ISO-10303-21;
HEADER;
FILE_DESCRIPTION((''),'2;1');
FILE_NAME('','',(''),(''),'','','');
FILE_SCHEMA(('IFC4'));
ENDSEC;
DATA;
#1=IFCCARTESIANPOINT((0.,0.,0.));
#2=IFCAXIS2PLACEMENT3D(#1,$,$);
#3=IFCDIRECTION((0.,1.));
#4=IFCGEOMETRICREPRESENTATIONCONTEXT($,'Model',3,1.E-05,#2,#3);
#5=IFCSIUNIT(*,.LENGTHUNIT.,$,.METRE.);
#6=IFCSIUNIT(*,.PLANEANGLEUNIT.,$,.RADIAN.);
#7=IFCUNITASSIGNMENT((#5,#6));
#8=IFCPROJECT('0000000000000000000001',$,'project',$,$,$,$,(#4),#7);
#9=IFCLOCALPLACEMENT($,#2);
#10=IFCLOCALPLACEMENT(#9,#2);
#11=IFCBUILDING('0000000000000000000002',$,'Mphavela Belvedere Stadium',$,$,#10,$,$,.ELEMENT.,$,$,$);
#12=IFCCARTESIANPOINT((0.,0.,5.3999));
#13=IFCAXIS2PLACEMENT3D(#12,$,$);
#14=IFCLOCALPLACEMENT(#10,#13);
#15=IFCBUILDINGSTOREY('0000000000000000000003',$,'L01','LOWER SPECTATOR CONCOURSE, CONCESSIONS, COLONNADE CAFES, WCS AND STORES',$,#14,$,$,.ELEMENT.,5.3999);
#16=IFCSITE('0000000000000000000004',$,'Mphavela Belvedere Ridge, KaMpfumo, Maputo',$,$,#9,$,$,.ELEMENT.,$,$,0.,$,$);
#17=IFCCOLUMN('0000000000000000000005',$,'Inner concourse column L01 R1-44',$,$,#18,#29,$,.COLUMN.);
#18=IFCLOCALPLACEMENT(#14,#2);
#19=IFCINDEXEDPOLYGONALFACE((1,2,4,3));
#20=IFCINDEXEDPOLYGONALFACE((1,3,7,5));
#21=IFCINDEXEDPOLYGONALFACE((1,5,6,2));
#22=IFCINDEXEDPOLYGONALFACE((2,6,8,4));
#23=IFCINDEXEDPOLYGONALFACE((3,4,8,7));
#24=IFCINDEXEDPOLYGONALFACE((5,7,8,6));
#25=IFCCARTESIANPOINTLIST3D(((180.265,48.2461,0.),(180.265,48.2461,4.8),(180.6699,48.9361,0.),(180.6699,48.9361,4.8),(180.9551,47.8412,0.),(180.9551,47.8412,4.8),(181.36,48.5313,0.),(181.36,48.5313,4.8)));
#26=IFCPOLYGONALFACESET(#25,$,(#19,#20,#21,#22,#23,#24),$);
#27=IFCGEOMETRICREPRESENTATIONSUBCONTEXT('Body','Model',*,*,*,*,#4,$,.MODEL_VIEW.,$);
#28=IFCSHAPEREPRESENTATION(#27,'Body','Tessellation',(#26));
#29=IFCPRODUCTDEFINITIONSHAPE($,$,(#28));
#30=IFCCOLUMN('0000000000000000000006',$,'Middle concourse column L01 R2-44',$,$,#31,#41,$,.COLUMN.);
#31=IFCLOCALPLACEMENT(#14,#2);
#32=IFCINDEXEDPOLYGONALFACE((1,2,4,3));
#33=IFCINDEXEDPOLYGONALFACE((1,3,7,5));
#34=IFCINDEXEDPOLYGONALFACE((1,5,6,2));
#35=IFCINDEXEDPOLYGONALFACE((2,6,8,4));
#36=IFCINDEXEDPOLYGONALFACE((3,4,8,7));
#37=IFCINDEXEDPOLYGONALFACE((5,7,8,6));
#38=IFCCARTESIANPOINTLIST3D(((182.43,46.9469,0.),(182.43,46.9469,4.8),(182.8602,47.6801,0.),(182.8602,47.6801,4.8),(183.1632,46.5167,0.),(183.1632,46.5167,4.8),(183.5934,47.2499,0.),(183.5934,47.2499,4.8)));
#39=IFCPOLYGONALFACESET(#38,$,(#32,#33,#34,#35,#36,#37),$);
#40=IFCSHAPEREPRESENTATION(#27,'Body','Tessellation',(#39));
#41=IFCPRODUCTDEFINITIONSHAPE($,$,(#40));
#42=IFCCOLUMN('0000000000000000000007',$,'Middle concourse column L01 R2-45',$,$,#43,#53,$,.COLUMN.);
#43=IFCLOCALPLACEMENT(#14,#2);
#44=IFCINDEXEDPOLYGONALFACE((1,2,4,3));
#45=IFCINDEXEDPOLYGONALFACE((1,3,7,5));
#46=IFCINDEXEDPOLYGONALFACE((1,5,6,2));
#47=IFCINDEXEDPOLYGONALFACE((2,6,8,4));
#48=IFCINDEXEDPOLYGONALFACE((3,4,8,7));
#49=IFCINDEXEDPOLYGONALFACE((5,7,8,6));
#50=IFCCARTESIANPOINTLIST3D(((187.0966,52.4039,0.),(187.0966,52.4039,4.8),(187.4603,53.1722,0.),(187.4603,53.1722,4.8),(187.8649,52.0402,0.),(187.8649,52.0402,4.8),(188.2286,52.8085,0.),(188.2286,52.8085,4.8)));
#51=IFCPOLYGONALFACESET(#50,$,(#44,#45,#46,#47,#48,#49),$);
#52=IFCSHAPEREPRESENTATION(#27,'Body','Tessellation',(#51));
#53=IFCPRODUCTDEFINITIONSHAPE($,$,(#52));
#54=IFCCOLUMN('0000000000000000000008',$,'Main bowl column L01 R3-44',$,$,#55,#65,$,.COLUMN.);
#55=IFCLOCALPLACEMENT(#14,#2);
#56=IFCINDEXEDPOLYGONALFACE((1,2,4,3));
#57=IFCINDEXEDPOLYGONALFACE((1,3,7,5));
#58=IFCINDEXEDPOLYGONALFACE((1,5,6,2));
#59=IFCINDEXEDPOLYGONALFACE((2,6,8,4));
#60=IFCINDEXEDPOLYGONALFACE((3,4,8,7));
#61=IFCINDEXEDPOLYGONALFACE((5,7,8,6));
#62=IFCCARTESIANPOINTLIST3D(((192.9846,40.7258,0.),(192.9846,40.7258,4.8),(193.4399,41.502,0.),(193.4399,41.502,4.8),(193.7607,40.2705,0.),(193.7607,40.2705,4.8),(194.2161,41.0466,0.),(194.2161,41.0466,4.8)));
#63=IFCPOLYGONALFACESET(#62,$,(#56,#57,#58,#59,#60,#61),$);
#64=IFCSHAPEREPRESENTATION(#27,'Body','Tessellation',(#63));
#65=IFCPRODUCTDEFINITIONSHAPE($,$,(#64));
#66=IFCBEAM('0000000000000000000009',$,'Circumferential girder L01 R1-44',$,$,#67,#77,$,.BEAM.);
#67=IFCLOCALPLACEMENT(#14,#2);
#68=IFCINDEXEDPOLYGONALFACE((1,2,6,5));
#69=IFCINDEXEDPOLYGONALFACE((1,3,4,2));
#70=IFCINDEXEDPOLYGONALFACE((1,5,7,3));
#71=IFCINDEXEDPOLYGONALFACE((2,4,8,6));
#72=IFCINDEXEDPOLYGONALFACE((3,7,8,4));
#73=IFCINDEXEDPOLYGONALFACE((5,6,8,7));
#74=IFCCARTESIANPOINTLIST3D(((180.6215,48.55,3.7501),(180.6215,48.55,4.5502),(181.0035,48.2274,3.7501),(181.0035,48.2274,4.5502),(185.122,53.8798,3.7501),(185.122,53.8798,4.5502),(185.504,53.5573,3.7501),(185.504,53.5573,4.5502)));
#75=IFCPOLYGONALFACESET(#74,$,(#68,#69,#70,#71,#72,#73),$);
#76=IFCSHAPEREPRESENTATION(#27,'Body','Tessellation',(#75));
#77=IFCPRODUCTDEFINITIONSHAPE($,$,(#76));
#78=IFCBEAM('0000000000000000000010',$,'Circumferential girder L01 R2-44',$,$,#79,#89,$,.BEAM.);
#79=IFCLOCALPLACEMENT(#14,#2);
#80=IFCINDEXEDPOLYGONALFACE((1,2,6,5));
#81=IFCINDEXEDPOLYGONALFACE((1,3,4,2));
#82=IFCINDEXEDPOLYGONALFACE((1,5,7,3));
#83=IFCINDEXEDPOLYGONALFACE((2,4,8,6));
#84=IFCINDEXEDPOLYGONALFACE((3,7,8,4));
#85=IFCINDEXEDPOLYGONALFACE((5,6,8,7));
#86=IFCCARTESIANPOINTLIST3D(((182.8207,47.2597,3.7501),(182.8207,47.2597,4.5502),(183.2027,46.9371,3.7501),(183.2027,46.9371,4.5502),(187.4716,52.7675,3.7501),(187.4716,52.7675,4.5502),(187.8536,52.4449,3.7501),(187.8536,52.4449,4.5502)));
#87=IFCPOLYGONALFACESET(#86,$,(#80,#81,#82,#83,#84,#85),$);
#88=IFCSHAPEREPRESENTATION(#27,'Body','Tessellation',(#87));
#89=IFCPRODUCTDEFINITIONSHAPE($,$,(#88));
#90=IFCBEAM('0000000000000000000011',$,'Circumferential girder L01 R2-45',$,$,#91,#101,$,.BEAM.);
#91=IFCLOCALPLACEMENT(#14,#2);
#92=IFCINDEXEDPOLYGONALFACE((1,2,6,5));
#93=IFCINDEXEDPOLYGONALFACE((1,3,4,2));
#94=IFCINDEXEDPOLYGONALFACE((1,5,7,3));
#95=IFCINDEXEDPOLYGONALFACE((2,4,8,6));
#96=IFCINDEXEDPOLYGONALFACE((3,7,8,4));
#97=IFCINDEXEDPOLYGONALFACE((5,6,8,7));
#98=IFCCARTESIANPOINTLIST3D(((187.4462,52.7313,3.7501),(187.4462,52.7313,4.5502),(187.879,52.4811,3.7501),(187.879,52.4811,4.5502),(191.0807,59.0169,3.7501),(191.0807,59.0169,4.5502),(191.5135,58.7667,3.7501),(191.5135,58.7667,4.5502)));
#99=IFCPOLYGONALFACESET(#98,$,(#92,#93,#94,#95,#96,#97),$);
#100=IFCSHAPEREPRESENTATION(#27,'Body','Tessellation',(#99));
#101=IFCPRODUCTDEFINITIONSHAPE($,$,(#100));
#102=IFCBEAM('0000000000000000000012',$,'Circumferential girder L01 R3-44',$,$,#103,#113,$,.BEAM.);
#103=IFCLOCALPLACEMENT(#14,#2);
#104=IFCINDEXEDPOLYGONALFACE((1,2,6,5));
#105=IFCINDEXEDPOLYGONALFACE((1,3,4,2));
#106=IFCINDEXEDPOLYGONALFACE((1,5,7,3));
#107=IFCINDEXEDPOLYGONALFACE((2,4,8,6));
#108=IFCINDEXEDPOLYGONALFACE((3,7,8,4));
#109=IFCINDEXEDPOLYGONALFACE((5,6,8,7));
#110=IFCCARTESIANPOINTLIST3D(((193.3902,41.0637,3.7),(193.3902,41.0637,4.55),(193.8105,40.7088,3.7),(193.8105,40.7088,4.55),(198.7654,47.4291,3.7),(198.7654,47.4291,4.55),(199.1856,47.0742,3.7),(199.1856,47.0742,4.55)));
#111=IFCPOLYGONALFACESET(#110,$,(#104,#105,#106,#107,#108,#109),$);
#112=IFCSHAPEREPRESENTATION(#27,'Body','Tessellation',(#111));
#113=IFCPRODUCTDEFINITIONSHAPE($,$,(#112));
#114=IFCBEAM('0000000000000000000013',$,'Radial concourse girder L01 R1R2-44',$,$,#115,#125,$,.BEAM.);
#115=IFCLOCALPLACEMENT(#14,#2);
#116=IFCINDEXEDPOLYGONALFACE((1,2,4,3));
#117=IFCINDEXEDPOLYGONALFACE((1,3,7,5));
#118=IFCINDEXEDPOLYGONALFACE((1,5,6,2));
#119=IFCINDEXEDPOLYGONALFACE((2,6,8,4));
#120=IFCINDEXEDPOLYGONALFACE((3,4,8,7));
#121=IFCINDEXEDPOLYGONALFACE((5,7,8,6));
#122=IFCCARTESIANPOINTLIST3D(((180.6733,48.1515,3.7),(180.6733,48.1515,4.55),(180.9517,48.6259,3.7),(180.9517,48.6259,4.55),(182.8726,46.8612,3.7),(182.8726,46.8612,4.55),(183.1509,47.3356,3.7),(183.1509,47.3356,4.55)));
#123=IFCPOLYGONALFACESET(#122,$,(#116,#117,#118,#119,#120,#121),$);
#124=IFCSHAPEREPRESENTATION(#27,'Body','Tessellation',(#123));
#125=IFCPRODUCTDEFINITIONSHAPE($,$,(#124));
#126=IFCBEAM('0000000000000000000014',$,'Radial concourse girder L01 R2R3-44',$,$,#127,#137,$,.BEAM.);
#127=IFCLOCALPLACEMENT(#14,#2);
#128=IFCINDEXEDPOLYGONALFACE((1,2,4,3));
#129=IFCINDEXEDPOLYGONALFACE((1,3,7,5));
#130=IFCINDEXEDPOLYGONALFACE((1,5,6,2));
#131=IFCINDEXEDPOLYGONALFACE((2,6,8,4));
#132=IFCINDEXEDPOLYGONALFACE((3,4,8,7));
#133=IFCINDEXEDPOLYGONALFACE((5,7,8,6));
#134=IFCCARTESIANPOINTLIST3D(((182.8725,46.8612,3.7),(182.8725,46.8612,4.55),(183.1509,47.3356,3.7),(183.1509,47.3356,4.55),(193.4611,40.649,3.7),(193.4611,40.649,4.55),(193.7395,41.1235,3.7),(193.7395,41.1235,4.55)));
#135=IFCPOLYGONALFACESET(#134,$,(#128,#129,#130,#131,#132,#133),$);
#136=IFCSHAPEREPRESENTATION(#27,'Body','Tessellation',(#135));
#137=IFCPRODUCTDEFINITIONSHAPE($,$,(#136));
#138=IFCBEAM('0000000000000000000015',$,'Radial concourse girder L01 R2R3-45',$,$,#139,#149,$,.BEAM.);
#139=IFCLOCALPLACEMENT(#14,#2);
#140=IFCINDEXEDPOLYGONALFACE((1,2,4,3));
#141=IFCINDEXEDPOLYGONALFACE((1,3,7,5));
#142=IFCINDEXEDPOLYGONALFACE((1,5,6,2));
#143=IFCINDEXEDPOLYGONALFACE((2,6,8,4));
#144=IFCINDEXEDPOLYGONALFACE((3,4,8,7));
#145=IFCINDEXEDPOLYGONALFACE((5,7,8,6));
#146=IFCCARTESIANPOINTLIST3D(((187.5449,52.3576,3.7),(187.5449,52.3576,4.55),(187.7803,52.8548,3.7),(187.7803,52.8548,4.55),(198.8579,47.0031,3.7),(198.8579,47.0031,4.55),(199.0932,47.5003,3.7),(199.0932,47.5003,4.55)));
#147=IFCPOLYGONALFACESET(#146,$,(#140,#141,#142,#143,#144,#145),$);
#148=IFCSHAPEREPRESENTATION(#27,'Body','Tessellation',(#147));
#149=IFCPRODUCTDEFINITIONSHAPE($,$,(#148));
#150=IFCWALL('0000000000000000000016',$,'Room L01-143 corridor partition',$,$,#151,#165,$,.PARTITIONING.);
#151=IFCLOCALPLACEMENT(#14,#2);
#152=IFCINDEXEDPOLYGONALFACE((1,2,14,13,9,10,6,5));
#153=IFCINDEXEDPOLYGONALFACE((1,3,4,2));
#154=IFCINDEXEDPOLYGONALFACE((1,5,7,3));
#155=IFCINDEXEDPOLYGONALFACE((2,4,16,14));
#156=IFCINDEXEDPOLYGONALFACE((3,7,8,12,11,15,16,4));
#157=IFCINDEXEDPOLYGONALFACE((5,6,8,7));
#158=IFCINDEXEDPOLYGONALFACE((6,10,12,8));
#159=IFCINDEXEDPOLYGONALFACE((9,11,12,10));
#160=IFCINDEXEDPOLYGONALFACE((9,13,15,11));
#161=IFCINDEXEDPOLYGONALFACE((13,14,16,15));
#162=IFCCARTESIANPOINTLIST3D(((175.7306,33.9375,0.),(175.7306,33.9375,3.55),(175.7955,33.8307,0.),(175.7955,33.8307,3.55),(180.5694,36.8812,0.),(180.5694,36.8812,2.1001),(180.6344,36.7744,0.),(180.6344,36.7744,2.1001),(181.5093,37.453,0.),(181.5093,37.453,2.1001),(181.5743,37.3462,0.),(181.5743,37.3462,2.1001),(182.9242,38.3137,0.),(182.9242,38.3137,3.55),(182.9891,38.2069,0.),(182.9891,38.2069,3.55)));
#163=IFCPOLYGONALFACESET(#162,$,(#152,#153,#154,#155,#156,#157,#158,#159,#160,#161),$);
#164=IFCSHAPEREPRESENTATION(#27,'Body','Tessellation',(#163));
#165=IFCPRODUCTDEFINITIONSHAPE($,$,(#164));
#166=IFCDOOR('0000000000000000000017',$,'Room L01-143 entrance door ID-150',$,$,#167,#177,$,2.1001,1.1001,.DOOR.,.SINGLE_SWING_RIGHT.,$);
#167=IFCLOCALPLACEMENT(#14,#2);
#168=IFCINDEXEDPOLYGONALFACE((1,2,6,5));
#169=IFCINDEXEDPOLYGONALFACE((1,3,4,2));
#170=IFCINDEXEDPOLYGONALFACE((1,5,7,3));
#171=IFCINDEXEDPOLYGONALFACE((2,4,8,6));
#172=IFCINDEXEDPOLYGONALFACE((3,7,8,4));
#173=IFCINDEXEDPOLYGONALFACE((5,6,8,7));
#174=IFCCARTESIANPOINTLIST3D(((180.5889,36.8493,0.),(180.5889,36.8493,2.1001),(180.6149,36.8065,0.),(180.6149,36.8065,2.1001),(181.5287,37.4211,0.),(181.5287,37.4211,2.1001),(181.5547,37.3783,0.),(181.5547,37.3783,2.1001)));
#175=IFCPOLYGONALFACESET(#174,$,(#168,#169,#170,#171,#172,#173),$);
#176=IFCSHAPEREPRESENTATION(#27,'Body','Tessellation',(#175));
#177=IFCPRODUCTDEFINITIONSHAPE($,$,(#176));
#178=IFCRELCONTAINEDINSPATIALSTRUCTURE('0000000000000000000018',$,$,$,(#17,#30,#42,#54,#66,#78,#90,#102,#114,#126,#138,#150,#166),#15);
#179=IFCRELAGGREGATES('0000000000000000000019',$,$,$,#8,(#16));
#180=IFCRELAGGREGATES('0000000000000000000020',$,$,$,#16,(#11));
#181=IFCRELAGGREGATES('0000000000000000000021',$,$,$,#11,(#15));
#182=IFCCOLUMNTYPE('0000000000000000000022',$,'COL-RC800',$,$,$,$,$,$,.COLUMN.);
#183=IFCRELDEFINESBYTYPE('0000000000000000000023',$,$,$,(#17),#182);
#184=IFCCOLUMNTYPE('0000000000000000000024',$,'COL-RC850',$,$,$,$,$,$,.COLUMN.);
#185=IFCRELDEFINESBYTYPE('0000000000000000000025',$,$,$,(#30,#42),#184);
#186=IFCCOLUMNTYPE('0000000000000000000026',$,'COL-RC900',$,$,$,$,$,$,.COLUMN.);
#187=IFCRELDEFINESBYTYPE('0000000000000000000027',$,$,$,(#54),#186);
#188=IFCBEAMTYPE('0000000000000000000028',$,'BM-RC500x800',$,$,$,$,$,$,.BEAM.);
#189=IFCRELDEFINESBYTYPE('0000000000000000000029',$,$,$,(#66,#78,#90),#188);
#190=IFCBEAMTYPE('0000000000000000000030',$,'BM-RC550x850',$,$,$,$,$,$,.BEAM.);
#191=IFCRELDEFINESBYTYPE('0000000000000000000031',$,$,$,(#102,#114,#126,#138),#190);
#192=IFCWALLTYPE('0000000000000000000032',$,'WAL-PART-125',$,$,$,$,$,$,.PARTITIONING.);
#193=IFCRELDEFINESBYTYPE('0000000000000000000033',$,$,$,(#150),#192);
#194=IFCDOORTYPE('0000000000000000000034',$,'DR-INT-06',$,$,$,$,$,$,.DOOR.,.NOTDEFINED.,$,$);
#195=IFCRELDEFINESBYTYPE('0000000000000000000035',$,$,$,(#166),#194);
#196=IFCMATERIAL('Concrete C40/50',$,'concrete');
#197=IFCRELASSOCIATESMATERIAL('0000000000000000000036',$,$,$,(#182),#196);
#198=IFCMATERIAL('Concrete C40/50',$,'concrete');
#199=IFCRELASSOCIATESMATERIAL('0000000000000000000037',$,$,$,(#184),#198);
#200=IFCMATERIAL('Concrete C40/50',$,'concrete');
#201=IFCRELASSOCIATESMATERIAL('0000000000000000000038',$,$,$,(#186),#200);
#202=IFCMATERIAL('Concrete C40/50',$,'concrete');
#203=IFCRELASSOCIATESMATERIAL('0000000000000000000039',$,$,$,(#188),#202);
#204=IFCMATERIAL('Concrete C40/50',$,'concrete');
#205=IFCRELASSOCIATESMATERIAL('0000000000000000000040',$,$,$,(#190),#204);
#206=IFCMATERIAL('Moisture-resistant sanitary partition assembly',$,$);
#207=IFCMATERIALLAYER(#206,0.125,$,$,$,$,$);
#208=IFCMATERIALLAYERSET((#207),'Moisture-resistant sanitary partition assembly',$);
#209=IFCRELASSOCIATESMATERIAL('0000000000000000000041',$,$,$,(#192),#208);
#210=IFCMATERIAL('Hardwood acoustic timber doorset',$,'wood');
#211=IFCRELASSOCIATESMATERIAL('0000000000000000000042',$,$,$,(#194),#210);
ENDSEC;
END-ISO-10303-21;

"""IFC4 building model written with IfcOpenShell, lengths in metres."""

from ifc_helpers import new_model, si_unit, direction, frame, frame_2d, origin, origin_2d, place, context, subcontext, project, spatial, rectangle, extrude, material, layer, layer_set, material_profile, profile_set, type_object, element, fill, save


model = new_model("IFC4")

# Units and contexts
model_context = context("Model", 3, precision=1e-05, world=origin(), true_north=direction((0.0, 1.0)))
body_context = subcontext(model_context, "Body", "Model", "MODEL_VIEW")
ifc_project = project(units=[si_unit("LENGTHUNIT", "METRE"), si_unit("PLANEANGLEUNIT", "RADIAN")], contexts=[model_context])

# Site, building, storey
site_placement = place(None, origin())
site = spatial("IfcSite", under=ifc_project, at=site_placement, Name="Mphavela Belvedere Ridge, KaMpfumo, Maputo", CompositionType="ELEMENT", RefElevation=0.0)
building_placement = place(site_placement, origin())
building = spatial("IfcBuilding", under=site, at=building_placement, Name="Mphavela Belvedere Stadium", CompositionType="ELEMENT")
storey_placement = place(building_placement, frame((0.0, 0.0, 5.3999)))
storey = spatial("IfcBuildingStorey", under=building, at=storey_placement, Name="L01", Description="LOWER SPECTATOR CONCOURSE, CONCESSIONS, COLONNADE CAFES, WCS AND STORES", CompositionType="ELEMENT", Elevation=5.3999)

# Columns
ifc_material_1 = material(Name="Concrete C40/50", Category="concrete")
ifc_material_profile_1 = material_profile(ifc_material_1, rectangle(XDim=0.8, YDim=0.8, at=origin_2d()), Name="RC 800x800")
ifc_profile_set_1 = profile_set([ifc_material_profile_1], Name="Concrete C40/50")
column_type_1 = type_object("IfcColumnType", Name="COL-RC800", PredefinedType="COLUMN", material=ifc_profile_set_1)
column_1_placement = place(storey_placement, frame((180.8125, 48.3887, 0.0), z_axis=(0.0, 0.0, 1.0), x_axis=(0.862514, -0.506034, 0.0)))
element("IfcColumn", 1, at=column_1_placement, inside=storey, type_object=column_type_1, Name="Inner concourse column L01 R1-44", PredefinedType="COLUMN", context=body_context, shape_type="SweptSolid", body=[
    extrude(rectangle(XDim=0.8, YDim=0.8, at=origin_2d()), origin(), (0.0, 0.0, 1.0), 4.8),
])
ifc_material_2 = material(Name="Concrete C40/50", Category="concrete")
ifc_material_profile_2 = material_profile(ifc_material_2, rectangle(XDim=0.8501, YDim=0.8501, at=origin_2d()), Name="RC 850x850")
ifc_profile_set_2 = profile_set([ifc_material_profile_2], Name="Concrete C40/50")
column_type_2 = type_object("IfcColumnType", Name="COL-RC850", PredefinedType="COLUMN", material=ifc_profile_set_2)
for number, where, z_axis, x_axis, name in (
    (2, (183.0117, 47.0984, 0.0), (0.0, 0.0, 1.0), (0.862514, -0.506034, 0.0), "Middle concourse column L01 R2-44"),
    (3, (187.6626, 52.6062, 0.0), (0.0, 0.0, 1.0), (0.903859, -0.427831, 0.0), "Middle concourse column L01 R2-45"),
):
    element("IfcColumn", number, at=place(storey_placement, frame(where, z_axis=z_axis, x_axis=x_axis)), inside=storey, type_object=column_type_2, Name=name, PredefinedType="COLUMN", context=body_context, shape_type="SweptSolid", body=[
        extrude(rectangle(XDim=0.8501, YDim=0.8501, at=origin_2d()), origin(), (0.0, 0.0, 1.0), 4.8),
    ])
ifc_material_3 = material(Name="Concrete C40/50", Category="concrete")
ifc_material_profile_3 = material_profile(ifc_material_3, rectangle(XDim=0.8999, YDim=0.8999, at=origin_2d()), Name="RC 900x900")
ifc_profile_set_3 = profile_set([ifc_material_profile_3], Name="Concrete C40/50")
column_type_3 = type_object("IfcColumnType", Name="COL-RC900", PredefinedType="COLUMN", material=ifc_profile_set_3)
column_2_placement = place(storey_placement, frame((193.6003, 40.8862, 0.0), z_axis=(0.0, 0.0, 1.0), x_axis=(0.862514, -0.506034, 0.0)))
element("IfcColumn", 4, at=column_2_placement, inside=storey, type_object=column_type_3, Name="Main bowl column L01 R3-44", PredefinedType="COLUMN", context=body_context, shape_type="SweptSolid", body=[
    extrude(rectangle(XDim=0.8999, YDim=0.8999, at=origin_2d()), origin(), (0.0, 0.0, 1.0), 4.8),
])

# Beams
ifc_material_4 = material(Name="Concrete C40/50", Category="concrete")
ifc_material_profile_4 = material_profile(ifc_material_4, rectangle(XDim=0.5, YDim=0.8, at=origin_2d()), Name="RC 500x800")
ifc_profile_set_4 = profile_set([ifc_material_profile_4], Name="Concrete C40/50")
beam_type_1 = type_object("IfcBeamType", Name="BM-RC500x800", PredefinedType="BEAM", material=ifc_profile_set_4)
beam_1_placement = place(storey_placement, frame((180.8125, 48.3887, 4.1501), z_axis=(0.645159, 0.764048, 0.0), x_axis=(-0.764048, 0.645159, 0.0)))
element("IfcBeam", 5, at=beam_1_placement, inside=storey, type_object=beam_type_1, Name="Circumferential girder L01 R1-44", PredefinedType="BEAM", context=body_context, shape_type="SweptSolid", body=[
    extrude(rectangle(XDim=0.5, YDim=0.8, at=origin_2d()), origin(), (0.0, 0.0, 1.0), 6.9758),
])
beam_2_placement = place(storey_placement, frame((183.0117, 47.0984, 4.1501), z_axis=(0.645168, 0.764041, 0.0), x_axis=(-0.764041, 0.645168, 0.0)))
element("IfcBeam", 6, at=beam_2_placement, inside=storey, type_object=beam_type_1, Name="Circumferential girder L01 R2-44", PredefinedType="BEAM", context=body_context, shape_type="SweptSolid", body=[
    extrude(rectangle(XDim=0.5, YDim=0.8, at=origin_2d()), origin(), (0.0, 0.0, 1.0), 7.2087),
])
beam_3_placement = place(storey_placement, frame((187.6626, 52.6062, 4.1501), z_axis=(0.500568, 0.865697, 0.0), x_axis=(-0.865697, 0.500568, 0.0)))
element("IfcBeam", 7, at=beam_3_placement, inside=storey, type_object=beam_type_1, Name="Circumferential girder L01 R2-45", PredefinedType="BEAM", context=body_context, shape_type="SweptSolid", body=[
    extrude(rectangle(XDim=0.5, YDim=0.8, at=origin_2d()), origin(), (0.0, 0.0, 1.0), 7.2607),
])
ifc_material_5 = material(Name="Concrete C40/50", Category="concrete")
ifc_material_profile_5 = material_profile(ifc_material_5, rectangle(XDim=0.55, YDim=0.8501, at=origin_2d()), Name="RC 550x850")
ifc_profile_set_5 = profile_set([ifc_material_profile_5], Name="Concrete C40/50")
beam_type_2 = type_object("IfcBeamType", Name="BM-RC550x850", PredefinedType="BEAM", material=ifc_profile_set_5)
beam_4_placement = place(storey_placement, frame((193.6003, 40.8862, 4.125), z_axis=(0.645177, 0.764033, 0.0), x_axis=(-0.764033, 0.645177, 0.0)))
element("IfcBeam", 8, at=beam_4_placement, inside=storey, type_object=beam_type_2, Name="Circumferential girder L01 R3-44", PredefinedType="BEAM", context=body_context, shape_type="SweptSolid", body=[
    extrude(rectangle(XDim=0.55, YDim=0.8501, at=origin_2d()), origin(), (0.0, 0.0, 1.0), 8.3313),
])
beam_5_placement = place(storey_placement, frame((180.8125, 48.3887, 4.125), z_axis=(0.862512, -0.506036, 0.0), x_axis=(0.506036, 0.862512, 0.0)))
element("IfcBeam", 9, at=beam_5_placement, inside=storey, type_object=beam_type_2, Name="Radial concourse girder L01 R1R2-44", PredefinedType="BEAM", context=body_context, shape_type="SweptSolid", body=[
    extrude(rectangle(XDim=0.55, YDim=0.8501, at=origin_2d()), origin(), (0.0, 0.0, 1.0), 2.5498),
])
beam_6_placement = place(storey_placement, frame((183.0117, 47.0984, 4.125), z_axis=(0.862519, -0.506025, 0.0), x_axis=(0.506025, 0.862519, 0.0)))
element("IfcBeam", 10, at=beam_6_placement, inside=storey, type_object=beam_type_2, Name="Radial concourse girder L01 R2R3-44", PredefinedType="BEAM", context=body_context, shape_type="SweptSolid", body=[
    extrude(rectangle(XDim=0.55, YDim=0.8501, at=origin_2d()), origin(), (0.0, 0.0, 1.0), 12.2764),
])
beam_7_placement = place(storey_placement, frame((187.6626, 52.6062, 4.125), z_axis=(0.90387, -0.427806, 0.0), x_axis=(0.427806, 0.90387, 0.0)))
element("IfcBeam", 11, at=beam_7_placement, inside=storey, type_object=beam_type_2, Name="Radial concourse girder L01 R2R3-45", PredefinedType="BEAM", context=body_context, shape_type="SweptSolid", body=[
    extrude(rectangle(XDim=0.55, YDim=0.8501, at=origin_2d()), origin(), (0.0, 0.0, 1.0), 12.5161),
])

# Wall, opening, door
ifc_material_6 = material(Name="Moisture-resistant sanitary partition assembly")
ifc_layer_1 = layer(ifc_material_6, 0.125)
ifc_layer_set_1 = layer_set([ifc_layer_1], Name="Moisture-resistant sanitary partition assembly")
wall_type_1 = type_object("IfcWallType", Name="WAL-PART-125", PredefinedType="PARTITIONING", material=ifc_layer_set_1)
wall_1_placement = place(storey_placement, frame((182.9565, 38.2603, 0.0), z_axis=(0.0, 0.0, 1.0), x_axis=(-0.85433, -0.519731, 0.0)))
wall_1 = element("IfcWall", 12, at=wall_1_placement, inside=storey, type_object=wall_type_1, Name="Room L01-143 corridor partition", PredefinedType="PARTITIONING", context=body_context, shape_type="SweptSolid", body=[
    extrude(rectangle(XDim=8.4202, YDim=0.125, at=frame_2d((4.21, 0.0))), origin(), (0.0, 0.0, 1.0), 3.55),
])
opening_1_placement = place(wall_1_placement, frame((1.656, 0.0, 0.0)))
opening_1 = element("IfcOpeningElement", 13, at=opening_1_placement, cuts=wall_1, PredefinedType="OPENING", context=body_context, shape_type="SweptSolid", body=[
    extrude(rectangle(XDim=1.1001, YDim=2.1001, at=frame_2d((0.55, 1.05))), frame((0.0, 0.0725, 0.0), z_axis=(0.0, -1.0, 0.0), x_axis=(1.0, 0.0, 0.0)), (0.0, 0.0, 1.0), 0.145),
])
ifc_material_7 = material(Name="Hardwood acoustic timber doorset", Category="wood")
door_type_1 = type_object("IfcDoorType", Name="DR-INT-06", OperationType="NOTDEFINED", PredefinedType="DOOR", material=ifc_material_7)
door_1_placement = place(opening_1_placement, origin())
door_1 = element("IfcDoor", 14, at=door_1_placement, inside=storey, type_object=door_type_1, Name="Room L01-143 entrance door ID-150", OperationType="SINGLE_SWING_RIGHT", OverallHeight=2.1001, OverallWidth=1.1001, PredefinedType="DOOR", context=body_context, shape_type="SweptSolid", body=[
    extrude(rectangle(XDim=1.1001, YDim=2.1001, at=frame_2d((0.55, 1.05))), frame((0.0, 0.0249, 0.0), z_axis=(0.0, -1.0, 0.0), x_axis=(1.0, 0.0, 0.0)), (0.0, 0.0, 1.0), 0.05),
])
fill(opening_1, door_1)

save(model, "model.ifc")
